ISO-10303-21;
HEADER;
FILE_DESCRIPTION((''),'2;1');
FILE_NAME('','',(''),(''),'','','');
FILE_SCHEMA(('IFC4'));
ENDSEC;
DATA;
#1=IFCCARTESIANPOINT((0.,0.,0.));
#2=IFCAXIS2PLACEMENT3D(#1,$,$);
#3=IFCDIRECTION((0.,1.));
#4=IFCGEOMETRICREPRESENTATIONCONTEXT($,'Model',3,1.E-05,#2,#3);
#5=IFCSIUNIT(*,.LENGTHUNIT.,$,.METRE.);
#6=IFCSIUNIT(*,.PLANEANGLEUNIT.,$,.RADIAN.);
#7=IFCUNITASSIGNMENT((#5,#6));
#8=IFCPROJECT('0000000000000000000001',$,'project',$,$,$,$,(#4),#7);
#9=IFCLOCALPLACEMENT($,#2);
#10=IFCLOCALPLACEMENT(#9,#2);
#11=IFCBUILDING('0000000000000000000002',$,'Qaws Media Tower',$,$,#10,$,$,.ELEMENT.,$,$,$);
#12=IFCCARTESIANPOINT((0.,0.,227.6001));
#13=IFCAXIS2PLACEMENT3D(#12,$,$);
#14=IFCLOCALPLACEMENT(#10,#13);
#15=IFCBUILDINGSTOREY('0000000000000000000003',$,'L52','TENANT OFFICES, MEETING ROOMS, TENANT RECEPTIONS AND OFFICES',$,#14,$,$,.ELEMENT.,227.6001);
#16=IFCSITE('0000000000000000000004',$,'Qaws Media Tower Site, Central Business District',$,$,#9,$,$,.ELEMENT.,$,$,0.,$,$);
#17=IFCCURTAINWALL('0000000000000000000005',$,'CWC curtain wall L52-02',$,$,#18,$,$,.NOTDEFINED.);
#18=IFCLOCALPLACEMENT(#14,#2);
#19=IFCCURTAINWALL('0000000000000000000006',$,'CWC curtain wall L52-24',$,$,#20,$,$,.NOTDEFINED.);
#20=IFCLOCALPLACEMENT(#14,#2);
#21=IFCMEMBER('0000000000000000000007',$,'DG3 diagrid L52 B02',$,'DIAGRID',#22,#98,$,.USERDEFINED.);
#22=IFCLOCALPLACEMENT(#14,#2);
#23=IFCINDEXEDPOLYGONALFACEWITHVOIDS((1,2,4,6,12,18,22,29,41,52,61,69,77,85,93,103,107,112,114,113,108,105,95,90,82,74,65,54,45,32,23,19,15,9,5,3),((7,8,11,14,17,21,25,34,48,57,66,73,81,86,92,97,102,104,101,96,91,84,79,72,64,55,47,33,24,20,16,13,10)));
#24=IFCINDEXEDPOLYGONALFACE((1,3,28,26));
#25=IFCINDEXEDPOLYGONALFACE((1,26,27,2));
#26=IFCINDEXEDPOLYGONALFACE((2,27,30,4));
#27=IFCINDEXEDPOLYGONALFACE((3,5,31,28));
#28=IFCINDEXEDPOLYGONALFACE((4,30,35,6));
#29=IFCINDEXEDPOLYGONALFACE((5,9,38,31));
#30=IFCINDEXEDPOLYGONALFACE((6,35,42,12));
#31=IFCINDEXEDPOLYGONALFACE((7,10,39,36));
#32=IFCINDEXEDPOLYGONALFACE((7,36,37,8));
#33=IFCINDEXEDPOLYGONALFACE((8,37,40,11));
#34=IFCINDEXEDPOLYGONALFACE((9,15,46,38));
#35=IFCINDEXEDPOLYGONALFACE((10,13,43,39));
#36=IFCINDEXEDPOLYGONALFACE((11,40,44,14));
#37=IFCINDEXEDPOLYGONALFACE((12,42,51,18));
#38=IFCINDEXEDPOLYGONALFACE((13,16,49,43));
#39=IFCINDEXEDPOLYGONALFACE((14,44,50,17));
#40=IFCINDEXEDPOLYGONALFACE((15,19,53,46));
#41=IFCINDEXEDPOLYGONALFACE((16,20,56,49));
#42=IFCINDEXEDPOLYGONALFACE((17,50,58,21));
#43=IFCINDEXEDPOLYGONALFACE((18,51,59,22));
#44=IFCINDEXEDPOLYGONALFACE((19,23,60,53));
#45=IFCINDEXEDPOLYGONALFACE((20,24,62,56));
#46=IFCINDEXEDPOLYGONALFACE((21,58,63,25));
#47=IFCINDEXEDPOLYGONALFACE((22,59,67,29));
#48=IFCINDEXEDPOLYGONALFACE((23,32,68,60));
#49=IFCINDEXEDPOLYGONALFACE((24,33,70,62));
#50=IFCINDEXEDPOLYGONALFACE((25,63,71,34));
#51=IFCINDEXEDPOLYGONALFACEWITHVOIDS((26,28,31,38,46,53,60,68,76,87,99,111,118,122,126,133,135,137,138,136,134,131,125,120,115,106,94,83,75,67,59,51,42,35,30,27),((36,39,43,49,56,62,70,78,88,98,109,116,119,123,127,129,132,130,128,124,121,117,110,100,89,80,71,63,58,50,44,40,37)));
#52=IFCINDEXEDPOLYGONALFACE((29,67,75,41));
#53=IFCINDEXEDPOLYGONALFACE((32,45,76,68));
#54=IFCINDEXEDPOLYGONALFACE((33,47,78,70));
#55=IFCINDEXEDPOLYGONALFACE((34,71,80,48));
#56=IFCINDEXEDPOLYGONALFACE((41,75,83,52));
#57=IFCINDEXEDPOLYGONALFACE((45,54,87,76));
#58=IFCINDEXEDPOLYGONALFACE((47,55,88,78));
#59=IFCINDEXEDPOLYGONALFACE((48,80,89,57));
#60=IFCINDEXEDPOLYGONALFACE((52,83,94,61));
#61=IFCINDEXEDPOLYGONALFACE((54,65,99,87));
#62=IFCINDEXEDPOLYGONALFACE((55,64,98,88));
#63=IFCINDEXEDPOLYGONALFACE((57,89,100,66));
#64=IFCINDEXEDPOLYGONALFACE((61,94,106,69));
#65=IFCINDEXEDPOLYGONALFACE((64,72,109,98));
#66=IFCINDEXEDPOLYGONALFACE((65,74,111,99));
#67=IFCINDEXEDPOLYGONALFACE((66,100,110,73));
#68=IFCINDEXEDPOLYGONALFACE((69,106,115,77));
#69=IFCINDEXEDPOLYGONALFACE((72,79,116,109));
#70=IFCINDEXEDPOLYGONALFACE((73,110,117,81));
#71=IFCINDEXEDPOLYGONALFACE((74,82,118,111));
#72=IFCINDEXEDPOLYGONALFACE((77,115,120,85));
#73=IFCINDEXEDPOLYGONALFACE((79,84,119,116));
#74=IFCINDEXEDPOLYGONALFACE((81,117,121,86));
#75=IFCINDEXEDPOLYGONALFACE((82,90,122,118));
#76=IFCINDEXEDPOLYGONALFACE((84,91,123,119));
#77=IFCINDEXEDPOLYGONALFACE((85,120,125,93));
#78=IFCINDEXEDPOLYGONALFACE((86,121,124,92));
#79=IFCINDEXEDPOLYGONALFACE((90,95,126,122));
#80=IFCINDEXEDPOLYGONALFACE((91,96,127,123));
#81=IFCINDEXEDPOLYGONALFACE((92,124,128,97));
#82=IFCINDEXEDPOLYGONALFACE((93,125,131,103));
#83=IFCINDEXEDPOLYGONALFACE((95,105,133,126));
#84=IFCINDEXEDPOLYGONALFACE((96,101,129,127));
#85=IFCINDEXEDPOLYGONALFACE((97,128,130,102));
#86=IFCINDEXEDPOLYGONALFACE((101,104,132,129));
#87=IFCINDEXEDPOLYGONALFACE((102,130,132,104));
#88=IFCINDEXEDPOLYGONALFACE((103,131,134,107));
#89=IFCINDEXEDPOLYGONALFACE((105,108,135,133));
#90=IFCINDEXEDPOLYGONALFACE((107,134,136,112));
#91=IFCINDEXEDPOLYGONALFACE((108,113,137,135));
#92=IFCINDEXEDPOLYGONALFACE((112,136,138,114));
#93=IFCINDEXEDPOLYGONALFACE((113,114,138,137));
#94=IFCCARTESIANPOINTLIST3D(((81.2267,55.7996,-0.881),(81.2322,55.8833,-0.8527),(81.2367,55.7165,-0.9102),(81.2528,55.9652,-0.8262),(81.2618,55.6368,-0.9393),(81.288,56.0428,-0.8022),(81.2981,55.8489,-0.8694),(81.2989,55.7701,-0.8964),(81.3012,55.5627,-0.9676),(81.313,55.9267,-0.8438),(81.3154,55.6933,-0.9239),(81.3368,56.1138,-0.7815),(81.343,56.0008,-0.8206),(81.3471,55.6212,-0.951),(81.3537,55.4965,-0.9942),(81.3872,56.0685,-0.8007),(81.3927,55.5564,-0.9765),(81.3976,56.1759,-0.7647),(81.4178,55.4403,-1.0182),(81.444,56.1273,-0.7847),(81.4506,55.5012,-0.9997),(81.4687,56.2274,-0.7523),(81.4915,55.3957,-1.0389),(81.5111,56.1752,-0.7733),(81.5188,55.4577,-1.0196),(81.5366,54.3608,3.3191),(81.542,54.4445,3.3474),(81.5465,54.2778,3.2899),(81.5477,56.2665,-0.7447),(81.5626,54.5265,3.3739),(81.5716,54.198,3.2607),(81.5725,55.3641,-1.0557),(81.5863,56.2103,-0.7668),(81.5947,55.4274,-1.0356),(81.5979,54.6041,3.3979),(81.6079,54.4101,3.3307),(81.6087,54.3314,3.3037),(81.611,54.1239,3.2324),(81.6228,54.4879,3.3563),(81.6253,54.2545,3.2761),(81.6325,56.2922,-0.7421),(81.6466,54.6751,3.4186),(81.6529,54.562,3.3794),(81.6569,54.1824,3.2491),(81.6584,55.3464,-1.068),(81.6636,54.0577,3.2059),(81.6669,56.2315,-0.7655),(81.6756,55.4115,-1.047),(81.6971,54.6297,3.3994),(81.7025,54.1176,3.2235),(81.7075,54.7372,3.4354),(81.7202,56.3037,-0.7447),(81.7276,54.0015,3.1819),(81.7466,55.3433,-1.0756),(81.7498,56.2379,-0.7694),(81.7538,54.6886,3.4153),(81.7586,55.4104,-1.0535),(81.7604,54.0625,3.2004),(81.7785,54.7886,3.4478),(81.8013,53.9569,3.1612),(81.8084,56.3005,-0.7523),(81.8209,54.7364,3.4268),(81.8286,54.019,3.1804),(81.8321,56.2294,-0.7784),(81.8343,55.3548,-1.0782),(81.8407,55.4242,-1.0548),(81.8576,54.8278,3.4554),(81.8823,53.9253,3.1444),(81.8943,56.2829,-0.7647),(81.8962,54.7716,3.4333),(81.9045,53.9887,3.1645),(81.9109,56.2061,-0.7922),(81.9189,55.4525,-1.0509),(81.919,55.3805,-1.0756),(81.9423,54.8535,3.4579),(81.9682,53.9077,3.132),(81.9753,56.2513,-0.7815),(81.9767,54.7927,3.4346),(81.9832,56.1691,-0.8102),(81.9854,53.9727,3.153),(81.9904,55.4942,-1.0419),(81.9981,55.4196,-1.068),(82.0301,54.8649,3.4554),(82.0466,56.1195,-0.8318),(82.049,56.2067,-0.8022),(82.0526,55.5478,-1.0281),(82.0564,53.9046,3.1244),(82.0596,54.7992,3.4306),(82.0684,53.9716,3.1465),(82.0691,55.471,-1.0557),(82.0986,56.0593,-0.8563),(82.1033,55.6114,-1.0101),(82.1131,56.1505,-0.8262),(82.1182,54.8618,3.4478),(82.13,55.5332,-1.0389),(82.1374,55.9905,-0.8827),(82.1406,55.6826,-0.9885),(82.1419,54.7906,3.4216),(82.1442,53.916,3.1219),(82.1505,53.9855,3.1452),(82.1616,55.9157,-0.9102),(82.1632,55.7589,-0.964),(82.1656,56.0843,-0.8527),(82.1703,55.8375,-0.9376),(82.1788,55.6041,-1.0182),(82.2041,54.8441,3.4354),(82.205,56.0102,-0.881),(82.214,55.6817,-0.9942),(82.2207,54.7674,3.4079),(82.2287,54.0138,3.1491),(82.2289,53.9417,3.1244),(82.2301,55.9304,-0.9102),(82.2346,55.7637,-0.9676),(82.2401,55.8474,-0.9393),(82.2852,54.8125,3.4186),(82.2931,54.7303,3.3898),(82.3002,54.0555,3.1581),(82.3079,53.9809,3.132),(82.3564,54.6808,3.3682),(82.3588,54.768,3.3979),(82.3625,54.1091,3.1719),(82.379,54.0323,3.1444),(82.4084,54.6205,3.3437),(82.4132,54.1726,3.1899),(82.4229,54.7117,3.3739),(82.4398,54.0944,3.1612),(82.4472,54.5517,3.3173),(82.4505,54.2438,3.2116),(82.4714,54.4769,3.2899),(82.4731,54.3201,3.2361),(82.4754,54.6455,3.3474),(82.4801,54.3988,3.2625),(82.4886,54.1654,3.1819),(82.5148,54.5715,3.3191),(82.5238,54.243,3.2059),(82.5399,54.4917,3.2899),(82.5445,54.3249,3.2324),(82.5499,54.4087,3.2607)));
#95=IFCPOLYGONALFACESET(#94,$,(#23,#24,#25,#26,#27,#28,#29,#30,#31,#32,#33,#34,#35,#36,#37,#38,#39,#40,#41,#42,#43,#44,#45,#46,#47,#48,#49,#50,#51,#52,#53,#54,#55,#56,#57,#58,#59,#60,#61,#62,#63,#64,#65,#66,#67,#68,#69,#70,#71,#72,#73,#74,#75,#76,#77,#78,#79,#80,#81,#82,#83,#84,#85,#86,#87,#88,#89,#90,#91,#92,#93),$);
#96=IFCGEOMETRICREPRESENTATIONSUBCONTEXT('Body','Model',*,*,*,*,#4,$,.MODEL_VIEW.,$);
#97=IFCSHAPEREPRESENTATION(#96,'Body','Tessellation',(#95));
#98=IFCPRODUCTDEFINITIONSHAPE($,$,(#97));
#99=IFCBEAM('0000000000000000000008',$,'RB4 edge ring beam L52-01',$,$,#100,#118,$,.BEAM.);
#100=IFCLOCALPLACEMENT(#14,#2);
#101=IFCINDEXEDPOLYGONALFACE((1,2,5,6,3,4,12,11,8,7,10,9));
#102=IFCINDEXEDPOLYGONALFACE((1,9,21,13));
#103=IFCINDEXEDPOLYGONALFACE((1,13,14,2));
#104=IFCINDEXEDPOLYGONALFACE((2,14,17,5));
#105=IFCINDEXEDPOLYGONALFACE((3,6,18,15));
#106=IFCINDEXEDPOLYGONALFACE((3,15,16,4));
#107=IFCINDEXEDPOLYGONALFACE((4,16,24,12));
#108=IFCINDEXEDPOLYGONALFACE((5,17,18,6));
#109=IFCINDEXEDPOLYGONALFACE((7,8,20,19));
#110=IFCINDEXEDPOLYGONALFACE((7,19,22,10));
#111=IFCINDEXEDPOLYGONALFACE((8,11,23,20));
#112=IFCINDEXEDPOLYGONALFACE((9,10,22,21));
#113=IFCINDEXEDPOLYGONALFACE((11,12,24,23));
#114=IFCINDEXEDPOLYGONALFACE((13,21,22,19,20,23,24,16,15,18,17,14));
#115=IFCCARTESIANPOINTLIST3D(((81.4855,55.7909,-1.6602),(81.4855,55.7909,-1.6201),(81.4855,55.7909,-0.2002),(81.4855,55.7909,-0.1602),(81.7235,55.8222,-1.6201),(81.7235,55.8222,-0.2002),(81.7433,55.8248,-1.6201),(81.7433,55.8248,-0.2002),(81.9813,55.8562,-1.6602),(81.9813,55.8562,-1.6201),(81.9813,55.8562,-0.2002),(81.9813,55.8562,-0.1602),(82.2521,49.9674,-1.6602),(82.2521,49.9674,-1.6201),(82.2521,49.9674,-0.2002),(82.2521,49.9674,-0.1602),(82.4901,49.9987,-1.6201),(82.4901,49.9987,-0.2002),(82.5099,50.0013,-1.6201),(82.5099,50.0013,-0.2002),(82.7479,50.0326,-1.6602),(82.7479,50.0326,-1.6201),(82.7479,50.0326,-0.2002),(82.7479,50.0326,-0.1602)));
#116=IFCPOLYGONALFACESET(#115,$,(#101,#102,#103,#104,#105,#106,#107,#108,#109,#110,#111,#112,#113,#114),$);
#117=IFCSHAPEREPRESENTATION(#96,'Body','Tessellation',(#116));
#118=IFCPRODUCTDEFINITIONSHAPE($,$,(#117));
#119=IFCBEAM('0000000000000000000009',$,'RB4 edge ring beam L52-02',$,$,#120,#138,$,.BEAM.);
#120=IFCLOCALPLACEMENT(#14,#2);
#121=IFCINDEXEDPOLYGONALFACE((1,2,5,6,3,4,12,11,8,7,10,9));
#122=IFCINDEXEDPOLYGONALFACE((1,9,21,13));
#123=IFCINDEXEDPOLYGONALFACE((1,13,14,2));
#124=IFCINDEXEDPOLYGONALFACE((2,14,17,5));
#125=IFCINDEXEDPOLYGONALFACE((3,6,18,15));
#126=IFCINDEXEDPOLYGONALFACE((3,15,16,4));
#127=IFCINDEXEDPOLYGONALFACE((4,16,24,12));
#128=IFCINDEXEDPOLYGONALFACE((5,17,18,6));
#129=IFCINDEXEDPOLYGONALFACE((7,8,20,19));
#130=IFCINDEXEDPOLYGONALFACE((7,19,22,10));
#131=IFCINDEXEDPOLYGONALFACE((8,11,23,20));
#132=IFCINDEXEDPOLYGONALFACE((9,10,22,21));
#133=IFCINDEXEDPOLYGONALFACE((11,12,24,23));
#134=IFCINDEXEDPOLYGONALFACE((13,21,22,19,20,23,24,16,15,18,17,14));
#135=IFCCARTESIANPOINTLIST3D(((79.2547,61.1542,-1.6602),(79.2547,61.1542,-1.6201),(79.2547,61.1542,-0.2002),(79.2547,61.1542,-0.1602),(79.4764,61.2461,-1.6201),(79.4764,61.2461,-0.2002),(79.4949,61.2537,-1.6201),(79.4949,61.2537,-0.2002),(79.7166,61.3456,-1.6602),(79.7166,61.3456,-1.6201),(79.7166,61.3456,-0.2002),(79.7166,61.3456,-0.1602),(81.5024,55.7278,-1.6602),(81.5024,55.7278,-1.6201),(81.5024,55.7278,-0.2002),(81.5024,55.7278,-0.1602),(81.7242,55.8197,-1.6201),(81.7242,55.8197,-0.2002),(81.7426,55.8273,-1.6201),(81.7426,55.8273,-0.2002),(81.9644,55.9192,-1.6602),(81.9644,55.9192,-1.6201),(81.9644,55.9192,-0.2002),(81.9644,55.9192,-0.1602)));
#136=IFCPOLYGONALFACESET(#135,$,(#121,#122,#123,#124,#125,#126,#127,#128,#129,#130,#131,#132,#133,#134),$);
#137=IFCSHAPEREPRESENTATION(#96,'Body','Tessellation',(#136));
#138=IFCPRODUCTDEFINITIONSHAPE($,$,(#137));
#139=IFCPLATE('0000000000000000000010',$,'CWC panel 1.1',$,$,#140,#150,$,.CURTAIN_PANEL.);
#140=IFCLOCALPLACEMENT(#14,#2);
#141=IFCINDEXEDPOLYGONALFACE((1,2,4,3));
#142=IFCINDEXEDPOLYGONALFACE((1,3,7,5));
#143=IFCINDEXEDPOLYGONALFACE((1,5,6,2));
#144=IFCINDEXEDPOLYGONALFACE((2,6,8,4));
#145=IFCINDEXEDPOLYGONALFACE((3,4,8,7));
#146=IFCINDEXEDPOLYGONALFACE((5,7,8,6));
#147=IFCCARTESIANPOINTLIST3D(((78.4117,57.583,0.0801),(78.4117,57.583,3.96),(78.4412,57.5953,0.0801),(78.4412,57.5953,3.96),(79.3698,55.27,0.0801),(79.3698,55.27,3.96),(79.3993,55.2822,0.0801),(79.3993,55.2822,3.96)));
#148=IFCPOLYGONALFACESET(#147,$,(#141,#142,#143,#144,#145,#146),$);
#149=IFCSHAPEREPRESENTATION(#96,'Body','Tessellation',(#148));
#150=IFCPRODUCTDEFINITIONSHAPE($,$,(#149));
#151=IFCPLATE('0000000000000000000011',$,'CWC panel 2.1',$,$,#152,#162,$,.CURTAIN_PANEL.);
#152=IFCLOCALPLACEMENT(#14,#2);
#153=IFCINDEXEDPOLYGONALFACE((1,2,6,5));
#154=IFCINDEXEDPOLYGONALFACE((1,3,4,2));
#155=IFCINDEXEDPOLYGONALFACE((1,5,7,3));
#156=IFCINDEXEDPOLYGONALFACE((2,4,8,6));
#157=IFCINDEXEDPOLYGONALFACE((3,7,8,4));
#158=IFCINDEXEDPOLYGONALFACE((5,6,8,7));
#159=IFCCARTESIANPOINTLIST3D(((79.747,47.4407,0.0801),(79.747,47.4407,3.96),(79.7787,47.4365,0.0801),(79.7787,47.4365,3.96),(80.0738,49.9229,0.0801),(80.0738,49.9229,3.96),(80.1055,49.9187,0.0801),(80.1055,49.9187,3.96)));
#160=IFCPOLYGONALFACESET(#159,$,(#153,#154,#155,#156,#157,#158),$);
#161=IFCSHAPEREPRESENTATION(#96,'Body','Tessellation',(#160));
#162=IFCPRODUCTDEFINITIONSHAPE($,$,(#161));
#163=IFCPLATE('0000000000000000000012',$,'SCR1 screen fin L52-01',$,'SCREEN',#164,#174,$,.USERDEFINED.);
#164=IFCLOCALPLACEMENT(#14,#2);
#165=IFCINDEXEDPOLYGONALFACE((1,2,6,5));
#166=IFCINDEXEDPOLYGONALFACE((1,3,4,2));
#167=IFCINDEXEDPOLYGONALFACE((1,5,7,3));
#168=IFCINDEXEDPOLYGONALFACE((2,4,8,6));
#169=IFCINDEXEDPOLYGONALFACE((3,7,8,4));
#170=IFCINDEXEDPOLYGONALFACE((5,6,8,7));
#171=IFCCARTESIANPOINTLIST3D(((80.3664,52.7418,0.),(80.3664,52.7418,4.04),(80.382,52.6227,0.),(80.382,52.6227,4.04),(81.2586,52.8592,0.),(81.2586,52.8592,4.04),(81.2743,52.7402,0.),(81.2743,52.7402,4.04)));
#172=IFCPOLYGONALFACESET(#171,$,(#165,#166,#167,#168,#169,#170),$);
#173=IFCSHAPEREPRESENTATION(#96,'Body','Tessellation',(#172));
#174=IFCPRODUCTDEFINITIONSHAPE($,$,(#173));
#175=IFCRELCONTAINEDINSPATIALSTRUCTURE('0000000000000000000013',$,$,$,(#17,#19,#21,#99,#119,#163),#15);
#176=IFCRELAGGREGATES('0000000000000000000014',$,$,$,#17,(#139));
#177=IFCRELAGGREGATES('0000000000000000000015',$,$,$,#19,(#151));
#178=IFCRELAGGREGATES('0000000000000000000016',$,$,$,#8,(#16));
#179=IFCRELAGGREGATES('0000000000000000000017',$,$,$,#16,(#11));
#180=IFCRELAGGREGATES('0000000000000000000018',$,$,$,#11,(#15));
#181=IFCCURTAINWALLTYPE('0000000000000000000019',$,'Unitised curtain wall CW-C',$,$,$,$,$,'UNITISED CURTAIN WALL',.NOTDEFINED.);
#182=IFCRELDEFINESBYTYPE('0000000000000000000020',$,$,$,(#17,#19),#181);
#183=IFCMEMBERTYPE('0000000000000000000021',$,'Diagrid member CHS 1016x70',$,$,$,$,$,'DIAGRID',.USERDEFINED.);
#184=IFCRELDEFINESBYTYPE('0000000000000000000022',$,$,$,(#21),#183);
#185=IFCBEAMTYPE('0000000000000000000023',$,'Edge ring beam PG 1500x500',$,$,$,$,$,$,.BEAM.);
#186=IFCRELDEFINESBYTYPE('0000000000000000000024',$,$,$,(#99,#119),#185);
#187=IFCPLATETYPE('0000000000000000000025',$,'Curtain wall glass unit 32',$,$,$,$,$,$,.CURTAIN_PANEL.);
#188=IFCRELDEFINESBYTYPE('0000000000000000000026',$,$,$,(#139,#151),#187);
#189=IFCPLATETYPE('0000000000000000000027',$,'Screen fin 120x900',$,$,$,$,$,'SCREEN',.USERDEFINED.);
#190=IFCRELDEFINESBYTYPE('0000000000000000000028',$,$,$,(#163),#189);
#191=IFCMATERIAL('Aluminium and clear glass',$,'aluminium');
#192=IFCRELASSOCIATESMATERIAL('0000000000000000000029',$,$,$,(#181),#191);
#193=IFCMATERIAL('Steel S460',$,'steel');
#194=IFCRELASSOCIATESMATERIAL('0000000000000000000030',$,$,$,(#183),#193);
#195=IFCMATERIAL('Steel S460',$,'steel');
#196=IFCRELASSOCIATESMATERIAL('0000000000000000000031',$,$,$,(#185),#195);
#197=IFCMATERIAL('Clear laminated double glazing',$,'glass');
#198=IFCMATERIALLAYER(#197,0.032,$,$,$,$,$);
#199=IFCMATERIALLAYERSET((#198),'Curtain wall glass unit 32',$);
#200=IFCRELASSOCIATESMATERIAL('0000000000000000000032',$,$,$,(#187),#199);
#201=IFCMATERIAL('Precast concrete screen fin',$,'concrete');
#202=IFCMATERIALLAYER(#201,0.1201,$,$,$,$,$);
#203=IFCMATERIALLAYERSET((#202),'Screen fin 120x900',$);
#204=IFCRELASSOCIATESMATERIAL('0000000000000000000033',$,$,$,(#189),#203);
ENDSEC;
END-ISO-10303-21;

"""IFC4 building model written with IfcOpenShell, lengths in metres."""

from ifc_helpers import new_model, si_unit, direction, frame, origin, origin_2d, place, context, subcontext, project, spatial, rectangle, hollow_circle, i_section, extrude, material, layer, layer_set, material_profile, profile_set, type_object, element, aggregate, save


model = new_model("IFC4")

# Units and contexts
model_context = context("Model", 3, precision=1e-05, world=origin(), true_north=direction((0.0, 1.0)))
body_context = subcontext(model_context, "Body", "Model", "MODEL_VIEW")
ifc_project = project(units=[si_unit("LENGTHUNIT", "METRE"), si_unit("PLANEANGLEUNIT", "RADIAN")], contexts=[model_context])

# Site, building, storey
site_placement = place(None, origin())
site = spatial("IfcSite", under=ifc_project, at=site_placement, Name="Qaws Media Tower Site, Central Business District", CompositionType="ELEMENT", RefElevation=0.0)
building_placement = place(site_placement, origin())
building = spatial("IfcBuilding", under=site, at=building_placement, Name="Qaws Media Tower", CompositionType="ELEMENT")
storey_placement = place(building_placement, frame((0.0, 0.0, 227.6001)))
storey = spatial("IfcBuildingStorey", under=building, at=storey_placement, Name="L52", Description="TENANT OFFICES, MEETING ROOMS, TENANT RECEPTIONS AND OFFICES", CompositionType="ELEMENT", Elevation=227.6001)

# Curtain wall
ifc_material_1 = material(Name="Aluminium and clear glass", Category="aluminium")
curtain_wall_type = type_object("IfcCurtainWallType", Name="Unitised curtain wall CW-C", ElementType="UNITISED CURTAIN WALL", PredefinedType="NOTDEFINED", material=ifc_material_1)
curtain_wall_1_placement = place(storey_placement, origin())
curtain_wall_1 = element("IfcCurtainWall", 1, at=curtain_wall_1_placement, inside=storey, type_object=curtain_wall_type, Name="CWC curtain wall L52-02", PredefinedType="NOTDEFINED")

# Curtain wall
curtain_wall_2_placement = place(storey_placement, origin())
curtain_wall_2 = element("IfcCurtainWall", 2, at=curtain_wall_2_placement, inside=storey, type_object=curtain_wall_type, Name="CWC curtain wall L52-24", PredefinedType="NOTDEFINED")

# Member
ifc_material_2 = material(Name="Steel S460", Category="steel")
ifc_material_profile_1 = material_profile(ifc_material_2, hollow_circle(Radius=0.5081, WallThickness=0.0701, at=origin_2d()), Name="CHS 1016x70")
ifc_profile_set_1 = profile_set([ifc_material_profile_1], Name="Steel S460")
member_type_1 = type_object("IfcMemberType", Name="Diagrid member CHS 1016x70", ElementType="DIAGRID", PredefinedType="USERDEFINED", material=ifc_profile_set_1)
for number, where, z_axis, x_axis, name in (
    (3, (81.7334, 55.8235, -0.9102), (0.069616, -0.323284, 0.943738), (0.977591, 0.210515, 0.0), "DG3 diagrid L52 B02"),
):
    element("IfcMember", number, at=place(storey_placement, frame(where, z_axis=z_axis, x_axis=x_axis)), inside=storey, type_object=member_type_1, Name=name, ObjectType="DIAGRID", PredefinedType="USERDEFINED", context=body_context, shape_type="SweptSolid", body=[
        extrude(hollow_circle(Radius=0.5081, WallThickness=0.0701, at=origin_2d()), origin(), (0.0, 0.0, 1.0), 4.4504),
    ])

# Beams
ifc_material_3 = material(Name="Steel S460", Category="steel")
ifc_material_profile_2 = material_profile(ifc_material_3, i_section(OverallWidth=0.5, OverallDepth=1.5, WebThickness=0.02, FlangeThickness=0.04, at=origin_2d()), Name="PG 1500x500")
ifc_profile_set_2 = profile_set([ifc_material_profile_2], Name="Steel S460")
beam_type = type_object("IfcBeamType", Name="Edge ring beam PG 1500x500", PredefinedType="BEAM", material=ifc_profile_set_2)
beam_1_placement = place(storey_placement, frame((82.5, 50.0, -0.9102), z_axis=(-0.130514, 0.991447, 0.0), x_axis=(-0.991447, -0.130514, 0.0)))
element("IfcBeam", 4, at=beam_1_placement, inside=storey, type_object=beam_type, Name="RB4 edge ring beam L52-01", PredefinedType="BEAM", context=body_context, shape_type="SweptSolid", body=[
    extrude(i_section(OverallWidth=0.5, OverallDepth=1.5, WebThickness=0.02, FlangeThickness=0.04, at=origin_2d()), origin(), (0.0, 0.0, 1.0), 5.8738),
])
beam_2_placement = place(storey_placement, frame((81.7334, 55.8235, -0.9102), z_axis=(-0.382693, 0.923875, 0.0), x_axis=(-0.923875, -0.382693, 0.0)))
element("IfcBeam", 5, at=beam_2_placement, inside=storey, type_object=beam_type, Name="RB4 edge ring beam L52-02", PredefinedType="BEAM", context=body_context, shape_type="SweptSolid", body=[
    extrude(i_section(OverallWidth=0.5, OverallDepth=1.5, WebThickness=0.02, FlangeThickness=0.04, at=origin_2d()), origin(), (0.0, 0.0, 1.0), 5.8735),
])

# Plates
ifc_material_4 = material(Name="Clear laminated double glazing", Category="glass")
ifc_layer_1 = layer(ifc_material_4, 0.032)
ifc_layer_set_1 = layer_set([ifc_layer_1], Name="Curtain wall glass unit 32")
plate_type_1 = type_object("IfcPlateType", Name="Curtain wall glass unit 32", PredefinedType="CURTAIN_PANEL", material=ifc_layer_set_1)
plate_1_placement = place(storey_placement, frame((78.9055, 56.4326, 0.0801), z_axis=(0.0, 0.0, 1.0), x_axis=(-0.382683, 0.92388, 0.0)))
plate_1 = element("IfcPlate", 6, at=plate_1_placement, type_object=plate_type_1, Name="CWC panel 1.1", PredefinedType="CURTAIN_PANEL", context=body_context, shape_type="SweptSolid", body=[
    extrude(rectangle(XDim=2.5037, YDim=0.032, at=origin_2d()), origin(), (0.0, 0.0, 1.0), 3.8799),
])
aggregate(curtain_wall_1, [plate_1])
plate_2_placement = place(storey_placement, frame((79.9263, 48.6797, 0.0801), z_axis=(0.0, 0.0, 1.0), x_axis=(0.130526, 0.991445, 0.0)))
plate_2 = element("IfcPlate", 7, at=plate_2_placement, type_object=plate_type_1, Name="CWC panel 2.1", PredefinedType="CURTAIN_PANEL", context=body_context, shape_type="SweptSolid", body=[
    extrude(rectangle(XDim=2.5037, YDim=0.032, at=origin_2d()), origin(), (0.0, 0.0, 1.0), 3.8799),
])
aggregate(curtain_wall_2, [plate_2])
ifc_material_5 = material(Name="Precast concrete screen fin", Category="concrete")
ifc_layer_2 = layer(ifc_material_5, 0.1201)
ifc_layer_set_2 = layer_set([ifc_layer_2], Name="Screen fin 120x900")
plate_type_2 = type_object("IfcPlateType", Name="Screen fin 120x900", ElementType="SCREEN", PredefinedType="USERDEFINED", material=ifc_layer_set_2)
plate_3_placement = place(storey_placement, frame((80.8203, 52.741, 0.0), z_axis=(0.0, 0.0, 1.0), x_axis=(0.991445, 0.130526, 0.0)))
element("IfcPlate", 8, at=plate_3_placement, inside=storey, type_object=plate_type_2, Name="SCR1 screen fin L52-01", ObjectType="SCREEN", PredefinedType="USERDEFINED", context=body_context, shape_type="SweptSolid", body=[
    extrude(rectangle(XDim=0.8999, YDim=0.1201, at=origin_2d()), origin(), (0.0, 0.0, 1.0), 4.04),
])

save(model, "model.ifc")
